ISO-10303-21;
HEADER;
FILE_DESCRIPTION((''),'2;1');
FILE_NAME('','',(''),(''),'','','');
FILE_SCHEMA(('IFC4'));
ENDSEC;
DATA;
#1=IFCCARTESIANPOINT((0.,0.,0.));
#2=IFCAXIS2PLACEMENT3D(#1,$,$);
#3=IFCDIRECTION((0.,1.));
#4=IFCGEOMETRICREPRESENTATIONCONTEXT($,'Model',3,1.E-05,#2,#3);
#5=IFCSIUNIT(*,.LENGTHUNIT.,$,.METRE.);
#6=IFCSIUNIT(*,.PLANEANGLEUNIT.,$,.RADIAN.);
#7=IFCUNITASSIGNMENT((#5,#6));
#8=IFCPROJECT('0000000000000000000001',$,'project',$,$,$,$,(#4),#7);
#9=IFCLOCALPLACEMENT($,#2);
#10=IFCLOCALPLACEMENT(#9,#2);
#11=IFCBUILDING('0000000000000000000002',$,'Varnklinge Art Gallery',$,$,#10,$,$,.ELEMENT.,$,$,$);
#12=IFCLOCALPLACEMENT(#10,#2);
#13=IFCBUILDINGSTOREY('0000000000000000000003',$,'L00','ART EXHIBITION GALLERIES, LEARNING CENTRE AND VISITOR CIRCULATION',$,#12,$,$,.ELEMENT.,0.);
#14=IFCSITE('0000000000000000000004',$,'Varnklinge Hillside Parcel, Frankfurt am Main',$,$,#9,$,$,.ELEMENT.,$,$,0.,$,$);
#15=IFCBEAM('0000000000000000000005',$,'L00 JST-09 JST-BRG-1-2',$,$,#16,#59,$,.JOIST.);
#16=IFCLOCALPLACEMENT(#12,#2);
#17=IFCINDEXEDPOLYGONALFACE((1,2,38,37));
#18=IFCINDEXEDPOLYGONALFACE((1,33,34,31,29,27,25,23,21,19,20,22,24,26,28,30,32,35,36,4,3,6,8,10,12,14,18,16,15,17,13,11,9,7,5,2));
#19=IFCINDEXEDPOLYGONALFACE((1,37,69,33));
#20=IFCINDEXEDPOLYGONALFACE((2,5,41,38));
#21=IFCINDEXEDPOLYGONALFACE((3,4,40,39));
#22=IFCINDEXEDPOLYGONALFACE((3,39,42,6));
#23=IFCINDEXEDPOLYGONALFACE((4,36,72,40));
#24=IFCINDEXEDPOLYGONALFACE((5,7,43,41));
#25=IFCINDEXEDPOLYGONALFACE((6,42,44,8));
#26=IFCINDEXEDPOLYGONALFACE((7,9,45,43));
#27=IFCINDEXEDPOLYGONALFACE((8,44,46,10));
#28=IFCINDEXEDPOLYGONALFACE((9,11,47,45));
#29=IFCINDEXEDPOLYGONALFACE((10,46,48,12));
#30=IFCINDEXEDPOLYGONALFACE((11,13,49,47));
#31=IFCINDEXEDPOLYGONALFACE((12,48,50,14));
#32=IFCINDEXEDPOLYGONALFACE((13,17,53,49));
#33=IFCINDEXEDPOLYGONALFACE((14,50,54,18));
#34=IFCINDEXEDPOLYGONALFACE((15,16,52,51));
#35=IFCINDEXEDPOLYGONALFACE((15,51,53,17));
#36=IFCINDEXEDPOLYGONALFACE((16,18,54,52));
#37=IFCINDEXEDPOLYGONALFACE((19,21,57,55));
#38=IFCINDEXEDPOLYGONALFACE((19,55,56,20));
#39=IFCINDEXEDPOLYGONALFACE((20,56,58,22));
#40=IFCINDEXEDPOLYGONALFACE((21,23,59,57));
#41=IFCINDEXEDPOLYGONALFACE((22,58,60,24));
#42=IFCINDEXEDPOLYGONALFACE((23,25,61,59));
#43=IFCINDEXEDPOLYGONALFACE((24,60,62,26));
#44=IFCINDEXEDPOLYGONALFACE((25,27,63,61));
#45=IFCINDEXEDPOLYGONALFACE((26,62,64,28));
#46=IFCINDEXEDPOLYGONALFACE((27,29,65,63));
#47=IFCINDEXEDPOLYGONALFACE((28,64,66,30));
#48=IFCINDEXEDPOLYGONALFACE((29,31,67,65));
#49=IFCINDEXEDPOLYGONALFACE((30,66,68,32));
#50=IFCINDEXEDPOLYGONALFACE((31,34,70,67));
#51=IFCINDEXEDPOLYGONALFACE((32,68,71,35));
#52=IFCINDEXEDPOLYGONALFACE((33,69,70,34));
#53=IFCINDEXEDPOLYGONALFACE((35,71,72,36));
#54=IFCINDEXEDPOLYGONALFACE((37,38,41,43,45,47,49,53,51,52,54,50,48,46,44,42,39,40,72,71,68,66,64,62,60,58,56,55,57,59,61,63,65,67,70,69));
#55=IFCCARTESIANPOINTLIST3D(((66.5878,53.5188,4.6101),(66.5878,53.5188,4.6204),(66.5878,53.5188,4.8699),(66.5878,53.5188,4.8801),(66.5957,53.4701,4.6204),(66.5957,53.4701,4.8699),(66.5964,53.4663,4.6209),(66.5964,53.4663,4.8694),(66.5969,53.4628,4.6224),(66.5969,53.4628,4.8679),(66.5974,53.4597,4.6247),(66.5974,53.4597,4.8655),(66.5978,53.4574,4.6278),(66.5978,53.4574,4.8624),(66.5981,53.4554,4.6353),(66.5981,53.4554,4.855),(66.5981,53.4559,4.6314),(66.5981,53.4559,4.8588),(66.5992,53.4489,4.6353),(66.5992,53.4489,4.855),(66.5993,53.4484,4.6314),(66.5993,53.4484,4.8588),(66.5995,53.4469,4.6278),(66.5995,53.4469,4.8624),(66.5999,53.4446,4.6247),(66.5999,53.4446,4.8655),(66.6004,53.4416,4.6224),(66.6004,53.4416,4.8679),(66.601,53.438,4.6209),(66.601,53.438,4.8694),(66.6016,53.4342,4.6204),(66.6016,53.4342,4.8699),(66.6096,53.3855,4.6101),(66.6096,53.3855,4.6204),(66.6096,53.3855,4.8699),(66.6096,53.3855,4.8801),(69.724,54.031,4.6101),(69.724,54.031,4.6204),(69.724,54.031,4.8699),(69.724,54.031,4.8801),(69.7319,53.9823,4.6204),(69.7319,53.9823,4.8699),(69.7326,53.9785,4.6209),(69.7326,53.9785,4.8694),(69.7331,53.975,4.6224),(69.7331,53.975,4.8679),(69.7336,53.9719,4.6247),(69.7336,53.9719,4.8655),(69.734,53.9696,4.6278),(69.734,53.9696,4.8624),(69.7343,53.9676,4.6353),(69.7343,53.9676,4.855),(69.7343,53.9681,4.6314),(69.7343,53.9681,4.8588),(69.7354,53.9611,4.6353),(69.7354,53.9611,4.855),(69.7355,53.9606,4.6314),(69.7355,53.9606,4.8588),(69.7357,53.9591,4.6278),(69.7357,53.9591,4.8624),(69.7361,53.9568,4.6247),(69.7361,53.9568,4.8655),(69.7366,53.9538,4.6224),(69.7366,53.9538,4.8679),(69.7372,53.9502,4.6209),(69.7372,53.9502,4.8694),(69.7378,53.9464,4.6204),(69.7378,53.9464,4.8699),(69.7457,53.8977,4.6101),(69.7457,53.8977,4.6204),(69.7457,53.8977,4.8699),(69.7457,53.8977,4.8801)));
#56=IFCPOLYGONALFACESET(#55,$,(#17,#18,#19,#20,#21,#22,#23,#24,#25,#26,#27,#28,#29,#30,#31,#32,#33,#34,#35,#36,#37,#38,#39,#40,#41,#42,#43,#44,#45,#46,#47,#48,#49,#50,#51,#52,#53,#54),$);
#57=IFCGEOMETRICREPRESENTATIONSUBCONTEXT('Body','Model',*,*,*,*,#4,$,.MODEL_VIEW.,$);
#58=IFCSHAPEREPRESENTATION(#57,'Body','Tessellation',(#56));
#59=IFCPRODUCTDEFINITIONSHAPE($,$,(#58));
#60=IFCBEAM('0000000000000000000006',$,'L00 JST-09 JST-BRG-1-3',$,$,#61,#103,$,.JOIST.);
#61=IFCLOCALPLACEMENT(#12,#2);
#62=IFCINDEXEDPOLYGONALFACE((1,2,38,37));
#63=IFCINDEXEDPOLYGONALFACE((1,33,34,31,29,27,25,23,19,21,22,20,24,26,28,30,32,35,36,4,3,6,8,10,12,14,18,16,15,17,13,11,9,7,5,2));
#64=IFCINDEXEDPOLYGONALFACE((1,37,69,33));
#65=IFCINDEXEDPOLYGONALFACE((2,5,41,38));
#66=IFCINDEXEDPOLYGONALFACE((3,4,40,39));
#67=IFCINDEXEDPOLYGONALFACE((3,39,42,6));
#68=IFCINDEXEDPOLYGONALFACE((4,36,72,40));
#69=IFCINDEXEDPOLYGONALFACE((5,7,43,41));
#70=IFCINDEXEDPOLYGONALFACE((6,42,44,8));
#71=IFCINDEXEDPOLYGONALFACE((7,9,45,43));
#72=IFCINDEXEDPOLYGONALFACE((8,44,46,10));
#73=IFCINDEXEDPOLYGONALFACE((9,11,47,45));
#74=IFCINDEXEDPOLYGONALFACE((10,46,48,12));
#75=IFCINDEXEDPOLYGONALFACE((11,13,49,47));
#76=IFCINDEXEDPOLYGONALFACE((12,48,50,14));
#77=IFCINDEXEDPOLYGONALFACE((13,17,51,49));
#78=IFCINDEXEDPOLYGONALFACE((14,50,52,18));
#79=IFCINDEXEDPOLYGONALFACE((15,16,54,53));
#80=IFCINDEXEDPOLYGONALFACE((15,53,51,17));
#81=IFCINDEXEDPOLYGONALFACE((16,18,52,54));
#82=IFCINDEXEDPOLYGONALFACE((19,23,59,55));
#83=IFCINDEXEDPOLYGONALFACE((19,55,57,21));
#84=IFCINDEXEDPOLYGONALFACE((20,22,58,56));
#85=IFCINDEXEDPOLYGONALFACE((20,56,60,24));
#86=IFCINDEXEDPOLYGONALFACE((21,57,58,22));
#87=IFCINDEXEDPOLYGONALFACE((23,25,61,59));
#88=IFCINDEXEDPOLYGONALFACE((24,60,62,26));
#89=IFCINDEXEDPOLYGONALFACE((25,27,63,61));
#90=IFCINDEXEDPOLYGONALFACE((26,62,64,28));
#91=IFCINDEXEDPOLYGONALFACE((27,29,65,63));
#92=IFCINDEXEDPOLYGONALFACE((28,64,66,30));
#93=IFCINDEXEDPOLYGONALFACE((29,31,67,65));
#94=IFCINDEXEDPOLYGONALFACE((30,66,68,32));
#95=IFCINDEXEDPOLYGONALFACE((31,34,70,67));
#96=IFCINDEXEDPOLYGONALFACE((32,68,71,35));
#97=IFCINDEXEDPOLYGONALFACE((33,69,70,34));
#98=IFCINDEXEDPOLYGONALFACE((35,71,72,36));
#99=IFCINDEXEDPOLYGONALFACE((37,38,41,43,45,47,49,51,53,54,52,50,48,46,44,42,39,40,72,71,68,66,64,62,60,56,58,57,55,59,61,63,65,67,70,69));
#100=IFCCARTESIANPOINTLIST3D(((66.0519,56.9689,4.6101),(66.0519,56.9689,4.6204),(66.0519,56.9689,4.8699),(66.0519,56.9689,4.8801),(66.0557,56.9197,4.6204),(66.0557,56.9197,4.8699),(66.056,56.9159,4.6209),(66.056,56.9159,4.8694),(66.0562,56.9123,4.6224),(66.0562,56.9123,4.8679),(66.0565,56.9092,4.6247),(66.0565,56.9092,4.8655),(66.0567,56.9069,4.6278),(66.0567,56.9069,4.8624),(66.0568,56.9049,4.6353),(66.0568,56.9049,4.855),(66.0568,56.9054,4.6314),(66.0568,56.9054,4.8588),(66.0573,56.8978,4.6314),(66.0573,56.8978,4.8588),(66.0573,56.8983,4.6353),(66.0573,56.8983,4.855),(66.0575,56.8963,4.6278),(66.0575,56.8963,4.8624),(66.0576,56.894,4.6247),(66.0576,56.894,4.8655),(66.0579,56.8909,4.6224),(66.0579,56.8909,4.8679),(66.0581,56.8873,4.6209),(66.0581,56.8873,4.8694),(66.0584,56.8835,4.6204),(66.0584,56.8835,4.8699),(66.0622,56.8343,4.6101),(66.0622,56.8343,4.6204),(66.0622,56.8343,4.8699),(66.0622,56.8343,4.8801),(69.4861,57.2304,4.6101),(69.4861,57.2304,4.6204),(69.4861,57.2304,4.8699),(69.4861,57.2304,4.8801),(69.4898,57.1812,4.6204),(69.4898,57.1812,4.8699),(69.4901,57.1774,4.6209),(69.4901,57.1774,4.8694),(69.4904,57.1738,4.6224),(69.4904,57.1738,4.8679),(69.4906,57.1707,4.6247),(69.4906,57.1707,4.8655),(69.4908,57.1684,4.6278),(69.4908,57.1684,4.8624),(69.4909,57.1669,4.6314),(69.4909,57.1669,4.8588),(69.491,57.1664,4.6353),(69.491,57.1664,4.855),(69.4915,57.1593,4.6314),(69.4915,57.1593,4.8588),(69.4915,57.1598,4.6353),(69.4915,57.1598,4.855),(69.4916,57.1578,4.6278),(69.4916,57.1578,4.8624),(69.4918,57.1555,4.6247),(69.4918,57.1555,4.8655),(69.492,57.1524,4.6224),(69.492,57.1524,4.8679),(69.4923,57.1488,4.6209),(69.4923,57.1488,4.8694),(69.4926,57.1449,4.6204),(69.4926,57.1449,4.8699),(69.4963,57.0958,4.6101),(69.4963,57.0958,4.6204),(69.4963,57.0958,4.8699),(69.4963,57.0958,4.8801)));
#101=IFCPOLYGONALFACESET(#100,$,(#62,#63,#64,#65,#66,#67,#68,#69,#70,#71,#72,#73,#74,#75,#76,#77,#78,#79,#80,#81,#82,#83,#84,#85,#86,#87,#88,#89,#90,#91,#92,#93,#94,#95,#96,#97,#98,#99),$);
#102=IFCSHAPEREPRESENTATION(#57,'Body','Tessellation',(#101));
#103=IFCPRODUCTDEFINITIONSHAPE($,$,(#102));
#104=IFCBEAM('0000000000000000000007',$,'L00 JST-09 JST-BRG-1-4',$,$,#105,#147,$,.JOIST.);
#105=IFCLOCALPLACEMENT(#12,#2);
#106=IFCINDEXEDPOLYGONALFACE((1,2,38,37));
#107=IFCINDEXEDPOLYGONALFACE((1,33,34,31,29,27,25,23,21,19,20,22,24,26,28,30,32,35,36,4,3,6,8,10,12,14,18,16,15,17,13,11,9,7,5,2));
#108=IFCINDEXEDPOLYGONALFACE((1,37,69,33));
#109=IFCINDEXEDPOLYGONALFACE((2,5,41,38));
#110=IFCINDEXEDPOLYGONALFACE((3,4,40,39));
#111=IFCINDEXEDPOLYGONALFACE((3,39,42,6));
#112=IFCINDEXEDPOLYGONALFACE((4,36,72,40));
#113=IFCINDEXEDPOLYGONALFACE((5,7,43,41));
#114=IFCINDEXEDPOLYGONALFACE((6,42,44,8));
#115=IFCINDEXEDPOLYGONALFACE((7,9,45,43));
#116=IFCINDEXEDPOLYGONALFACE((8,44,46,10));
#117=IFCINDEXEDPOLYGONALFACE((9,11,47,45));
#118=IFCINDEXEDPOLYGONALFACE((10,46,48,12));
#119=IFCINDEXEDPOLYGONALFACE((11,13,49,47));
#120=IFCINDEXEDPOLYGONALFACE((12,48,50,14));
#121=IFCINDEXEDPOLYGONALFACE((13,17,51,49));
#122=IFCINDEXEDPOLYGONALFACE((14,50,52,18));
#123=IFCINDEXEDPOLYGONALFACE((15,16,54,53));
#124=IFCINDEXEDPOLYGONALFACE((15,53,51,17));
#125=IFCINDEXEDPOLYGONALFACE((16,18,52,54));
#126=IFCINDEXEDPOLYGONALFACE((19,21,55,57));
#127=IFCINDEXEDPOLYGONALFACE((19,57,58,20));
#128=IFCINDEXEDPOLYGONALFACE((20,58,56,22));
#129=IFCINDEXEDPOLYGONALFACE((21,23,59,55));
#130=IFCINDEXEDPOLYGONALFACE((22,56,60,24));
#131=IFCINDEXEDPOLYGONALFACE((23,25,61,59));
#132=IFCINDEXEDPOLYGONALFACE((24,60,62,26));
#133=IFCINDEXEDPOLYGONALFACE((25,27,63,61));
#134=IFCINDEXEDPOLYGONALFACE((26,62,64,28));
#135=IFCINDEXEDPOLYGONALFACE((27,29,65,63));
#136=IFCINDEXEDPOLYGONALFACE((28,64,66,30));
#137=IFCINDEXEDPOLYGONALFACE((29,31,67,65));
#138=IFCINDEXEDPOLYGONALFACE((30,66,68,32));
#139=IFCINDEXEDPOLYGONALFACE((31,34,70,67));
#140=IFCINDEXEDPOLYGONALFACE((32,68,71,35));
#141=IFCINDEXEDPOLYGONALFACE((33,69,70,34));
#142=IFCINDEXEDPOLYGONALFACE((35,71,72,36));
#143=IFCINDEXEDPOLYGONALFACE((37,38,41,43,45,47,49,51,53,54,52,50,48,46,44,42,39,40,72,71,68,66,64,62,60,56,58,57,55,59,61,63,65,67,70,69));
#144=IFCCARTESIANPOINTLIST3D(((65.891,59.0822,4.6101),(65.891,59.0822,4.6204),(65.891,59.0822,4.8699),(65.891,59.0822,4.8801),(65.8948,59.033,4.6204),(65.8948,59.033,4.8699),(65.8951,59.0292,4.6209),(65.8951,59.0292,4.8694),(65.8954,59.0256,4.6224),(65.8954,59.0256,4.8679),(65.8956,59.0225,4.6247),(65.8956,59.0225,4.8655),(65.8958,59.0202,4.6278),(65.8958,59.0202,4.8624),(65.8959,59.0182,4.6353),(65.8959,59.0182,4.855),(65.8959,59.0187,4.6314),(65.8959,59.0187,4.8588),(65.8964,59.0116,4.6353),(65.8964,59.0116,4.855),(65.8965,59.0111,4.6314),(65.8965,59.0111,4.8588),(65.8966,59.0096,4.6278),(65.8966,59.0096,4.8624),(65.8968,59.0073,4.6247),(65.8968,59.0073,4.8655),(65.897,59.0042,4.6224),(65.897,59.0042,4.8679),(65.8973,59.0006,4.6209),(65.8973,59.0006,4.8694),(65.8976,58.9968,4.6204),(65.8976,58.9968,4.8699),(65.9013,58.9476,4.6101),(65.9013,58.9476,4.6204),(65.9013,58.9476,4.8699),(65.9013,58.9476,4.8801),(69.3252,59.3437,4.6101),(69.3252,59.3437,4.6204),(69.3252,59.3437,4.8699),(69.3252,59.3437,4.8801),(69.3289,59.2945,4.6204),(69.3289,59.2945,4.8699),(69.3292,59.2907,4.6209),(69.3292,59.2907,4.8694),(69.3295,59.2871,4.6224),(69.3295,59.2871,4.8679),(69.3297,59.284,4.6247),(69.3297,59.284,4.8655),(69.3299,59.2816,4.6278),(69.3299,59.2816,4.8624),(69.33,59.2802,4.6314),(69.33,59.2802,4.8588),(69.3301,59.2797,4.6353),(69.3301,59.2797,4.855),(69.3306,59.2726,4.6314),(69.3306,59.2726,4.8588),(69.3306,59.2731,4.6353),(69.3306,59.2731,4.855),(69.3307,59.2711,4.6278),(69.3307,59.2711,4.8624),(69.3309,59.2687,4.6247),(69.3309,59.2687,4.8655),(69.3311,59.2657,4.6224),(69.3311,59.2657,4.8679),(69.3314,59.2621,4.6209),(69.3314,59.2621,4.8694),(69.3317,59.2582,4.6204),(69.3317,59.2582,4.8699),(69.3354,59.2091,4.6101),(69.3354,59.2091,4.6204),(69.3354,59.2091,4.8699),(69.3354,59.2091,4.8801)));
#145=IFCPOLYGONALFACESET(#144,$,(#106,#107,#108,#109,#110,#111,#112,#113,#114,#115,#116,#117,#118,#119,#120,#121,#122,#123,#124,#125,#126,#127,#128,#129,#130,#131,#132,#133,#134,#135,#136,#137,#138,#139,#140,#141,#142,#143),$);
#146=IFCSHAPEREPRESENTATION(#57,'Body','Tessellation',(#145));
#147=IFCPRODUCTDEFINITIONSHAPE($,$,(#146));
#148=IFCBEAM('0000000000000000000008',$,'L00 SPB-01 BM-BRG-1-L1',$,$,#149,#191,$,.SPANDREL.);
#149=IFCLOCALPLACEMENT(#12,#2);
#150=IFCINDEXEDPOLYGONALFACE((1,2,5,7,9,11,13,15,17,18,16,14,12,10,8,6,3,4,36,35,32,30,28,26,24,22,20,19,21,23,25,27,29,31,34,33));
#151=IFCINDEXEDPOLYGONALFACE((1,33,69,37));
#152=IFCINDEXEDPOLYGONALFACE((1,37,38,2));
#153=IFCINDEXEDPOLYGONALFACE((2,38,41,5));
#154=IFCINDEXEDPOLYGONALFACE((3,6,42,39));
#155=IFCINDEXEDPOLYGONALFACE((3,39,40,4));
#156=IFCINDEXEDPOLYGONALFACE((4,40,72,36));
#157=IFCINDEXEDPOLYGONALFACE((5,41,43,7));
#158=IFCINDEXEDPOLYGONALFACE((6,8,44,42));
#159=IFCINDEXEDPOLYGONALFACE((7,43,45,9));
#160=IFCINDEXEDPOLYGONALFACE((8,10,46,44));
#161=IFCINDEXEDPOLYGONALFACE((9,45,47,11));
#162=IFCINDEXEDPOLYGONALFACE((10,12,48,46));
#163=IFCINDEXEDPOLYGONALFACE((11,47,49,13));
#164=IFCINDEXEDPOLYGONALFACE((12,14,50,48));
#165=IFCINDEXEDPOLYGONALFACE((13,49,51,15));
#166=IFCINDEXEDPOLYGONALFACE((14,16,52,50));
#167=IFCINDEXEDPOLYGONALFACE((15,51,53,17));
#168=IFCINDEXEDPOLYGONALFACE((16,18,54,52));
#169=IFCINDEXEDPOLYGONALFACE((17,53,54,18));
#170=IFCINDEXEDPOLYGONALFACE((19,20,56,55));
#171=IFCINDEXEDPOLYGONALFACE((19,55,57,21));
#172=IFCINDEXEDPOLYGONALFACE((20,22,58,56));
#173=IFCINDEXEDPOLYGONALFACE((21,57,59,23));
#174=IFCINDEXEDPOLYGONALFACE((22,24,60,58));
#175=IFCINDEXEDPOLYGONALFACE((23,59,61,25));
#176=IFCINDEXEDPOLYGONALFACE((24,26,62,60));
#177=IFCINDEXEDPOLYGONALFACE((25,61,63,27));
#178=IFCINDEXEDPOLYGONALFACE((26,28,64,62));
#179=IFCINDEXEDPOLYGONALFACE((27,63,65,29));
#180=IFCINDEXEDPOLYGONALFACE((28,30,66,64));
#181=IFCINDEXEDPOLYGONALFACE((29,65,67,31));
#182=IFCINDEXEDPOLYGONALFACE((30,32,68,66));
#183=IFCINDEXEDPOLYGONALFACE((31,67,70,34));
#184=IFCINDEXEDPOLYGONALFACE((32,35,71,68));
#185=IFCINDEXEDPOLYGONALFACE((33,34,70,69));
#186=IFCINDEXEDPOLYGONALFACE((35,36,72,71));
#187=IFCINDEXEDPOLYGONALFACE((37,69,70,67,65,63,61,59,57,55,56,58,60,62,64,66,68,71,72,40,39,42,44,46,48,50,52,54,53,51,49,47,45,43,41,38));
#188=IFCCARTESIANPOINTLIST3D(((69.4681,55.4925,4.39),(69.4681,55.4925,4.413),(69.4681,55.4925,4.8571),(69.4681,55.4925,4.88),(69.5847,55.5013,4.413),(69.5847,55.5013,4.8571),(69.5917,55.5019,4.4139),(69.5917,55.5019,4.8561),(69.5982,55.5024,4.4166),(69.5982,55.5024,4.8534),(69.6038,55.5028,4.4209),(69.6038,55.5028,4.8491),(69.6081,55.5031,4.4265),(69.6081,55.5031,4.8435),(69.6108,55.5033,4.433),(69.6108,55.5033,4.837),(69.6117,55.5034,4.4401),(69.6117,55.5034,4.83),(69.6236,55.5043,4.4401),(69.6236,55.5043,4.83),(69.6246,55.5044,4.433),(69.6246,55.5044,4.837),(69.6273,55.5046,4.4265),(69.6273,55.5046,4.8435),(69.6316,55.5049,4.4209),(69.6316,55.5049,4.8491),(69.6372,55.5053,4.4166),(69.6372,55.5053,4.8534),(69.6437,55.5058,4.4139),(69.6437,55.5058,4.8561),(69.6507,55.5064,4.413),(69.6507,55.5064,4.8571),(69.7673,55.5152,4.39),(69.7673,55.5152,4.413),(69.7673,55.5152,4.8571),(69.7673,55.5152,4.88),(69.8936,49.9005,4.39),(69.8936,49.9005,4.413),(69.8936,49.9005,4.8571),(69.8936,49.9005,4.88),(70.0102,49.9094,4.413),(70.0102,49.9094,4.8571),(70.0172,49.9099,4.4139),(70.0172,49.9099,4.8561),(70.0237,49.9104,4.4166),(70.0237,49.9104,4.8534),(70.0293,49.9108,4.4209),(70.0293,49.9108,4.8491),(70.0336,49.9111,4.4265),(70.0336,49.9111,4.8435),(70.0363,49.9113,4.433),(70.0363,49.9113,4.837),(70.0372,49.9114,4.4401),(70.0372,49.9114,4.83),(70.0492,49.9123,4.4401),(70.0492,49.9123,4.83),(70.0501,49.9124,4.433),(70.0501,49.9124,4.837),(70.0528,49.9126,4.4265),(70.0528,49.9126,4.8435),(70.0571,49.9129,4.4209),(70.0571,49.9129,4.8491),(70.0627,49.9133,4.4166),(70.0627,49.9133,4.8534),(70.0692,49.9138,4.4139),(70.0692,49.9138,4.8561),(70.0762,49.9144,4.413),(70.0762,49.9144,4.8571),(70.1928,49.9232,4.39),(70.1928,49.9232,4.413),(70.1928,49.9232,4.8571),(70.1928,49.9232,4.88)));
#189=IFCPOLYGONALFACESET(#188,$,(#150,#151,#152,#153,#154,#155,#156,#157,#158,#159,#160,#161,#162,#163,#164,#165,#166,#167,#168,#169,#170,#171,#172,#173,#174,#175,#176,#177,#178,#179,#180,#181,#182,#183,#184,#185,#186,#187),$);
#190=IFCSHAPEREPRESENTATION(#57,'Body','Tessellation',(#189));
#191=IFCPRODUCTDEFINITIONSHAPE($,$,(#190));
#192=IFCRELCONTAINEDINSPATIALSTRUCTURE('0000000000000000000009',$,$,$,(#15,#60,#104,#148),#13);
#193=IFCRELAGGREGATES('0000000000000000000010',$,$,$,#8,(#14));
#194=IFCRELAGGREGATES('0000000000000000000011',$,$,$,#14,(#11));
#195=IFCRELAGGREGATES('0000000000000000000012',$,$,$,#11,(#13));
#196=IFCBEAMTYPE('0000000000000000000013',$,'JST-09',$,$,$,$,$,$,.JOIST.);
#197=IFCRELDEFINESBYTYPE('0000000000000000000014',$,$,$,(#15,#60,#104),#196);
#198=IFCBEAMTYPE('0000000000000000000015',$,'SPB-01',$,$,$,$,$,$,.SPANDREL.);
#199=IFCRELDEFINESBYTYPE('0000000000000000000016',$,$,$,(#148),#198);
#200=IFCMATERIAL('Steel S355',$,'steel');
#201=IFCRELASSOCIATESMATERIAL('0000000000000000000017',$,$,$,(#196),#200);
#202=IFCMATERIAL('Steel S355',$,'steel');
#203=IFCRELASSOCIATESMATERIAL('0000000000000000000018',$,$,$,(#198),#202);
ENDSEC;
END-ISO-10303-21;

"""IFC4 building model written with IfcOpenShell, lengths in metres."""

from ifc_helpers import new_model, si_unit, direction, frame, origin, origin_2d, place, context, subcontext, project, spatial, i_section, extrude, material, material_profile, profile_set, type_object, element, save


model = new_model("IFC4")

# Units and contexts
model_context = context("Model", 3, precision=1e-05, world=origin(), true_north=direction((0.0, 1.0)))
body_context = subcontext(model_context, "Body", "Model", "MODEL_VIEW")
ifc_project = project(units=[si_unit("LENGTHUNIT", "METRE"), si_unit("PLANEANGLEUNIT", "RADIAN")], contexts=[model_context])

# Site, building, storey
site_placement = place(None, origin())
site = spatial("IfcSite", under=ifc_project, at=site_placement, Name="Varnklinge Hillside Parcel, Frankfurt am Main", CompositionType="ELEMENT", RefElevation=0.0)
building_placement = place(site_placement, origin())
building = spatial("IfcBuilding", under=site, at=building_placement, Name="Varnklinge Art Gallery", CompositionType="ELEMENT")
storey_placement = place(building_placement, origin())
storey = spatial("IfcBuildingStorey", under=building, at=storey_placement, Name="L00", Description="ART EXHIBITION GALLERIES, LEARNING CENTRE AND VISITOR CIRCULATION", CompositionType="ELEMENT", Elevation=0.0)

# Beams
ifc_material_1 = material(Name="Steel S355", Category="steel")
ifc_material_profile_1 = material_profile(ifc_material_1, i_section(OverallWidth=0.135, OverallDepth=0.27, WebThickness=0.0066, FlangeThickness=0.0103, FilletRadius=0.0149, at=origin_2d()), Name="IPE 270")
ifc_profile_set_1 = profile_set([ifc_material_profile_1], Name="Steel S355")
beam_type_1 = type_object("IfcBeamType", Name="JST-09", PredefinedType="JOIST", material=ifc_profile_set_1)
beam_1_placement = place(storey_placement, frame((69.7349, 53.9644, 4.7451), z_axis=(-0.986924, -0.161184, 0.0), x_axis=(0.161184, -0.986924, 0.0)))
element("IfcBeam", 1, at=beam_1_placement, inside=storey, type_object=beam_type_1, Name="L00 JST-09 JST-BRG-1-2", PredefinedType="JOIST", context=body_context, shape_type="SweptSolid", body=[
    extrude(i_section(OverallWidth=0.135, OverallDepth=0.27, WebThickness=0.0066, FlangeThickness=0.0103, FilletRadius=0.0149, at=origin_2d()), origin(), (0.0, 0.0, 1.0), 3.1777),
])
for number, where, z_axis, x_axis, name in (
    (2, (69.4912, 57.1631, 4.7451), (-0.997114, -0.075921, 0.0), (0.075921, -0.997114, 0.0), "L00 JST-09 JST-BRG-1-3"),
    (3, (69.3303, 59.2764, 4.7451), (-0.997114, -0.075921, 0.0), (0.075921, -0.997114, 0.0), "L00 JST-09 JST-BRG-1-4"),
):
    element("IfcBeam", number, at=place(storey_placement, frame(where, z_axis=z_axis, x_axis=x_axis)), inside=storey, type_object=beam_type_1, Name=name, PredefinedType="JOIST", context=body_context, shape_type="SweptSolid", body=[
        extrude(i_section(OverallWidth=0.135, OverallDepth=0.27, WebThickness=0.0066, FlangeThickness=0.0103, FilletRadius=0.0149, at=origin_2d()), origin(), (0.0, 0.0, 1.0), 3.4441),
    ])
ifc_material_2 = material(Name="Steel S355", Category="steel")
ifc_material_profile_2 = material_profile(ifc_material_2, i_section(OverallWidth=0.3, OverallDepth=0.49, WebThickness=0.012, FlangeThickness=0.0229, FilletRadius=0.0271, at=origin_2d()), Name="HEA 500")
ifc_profile_set_2 = profile_set([ifc_material_profile_2], Name="Steel S355")
beam_type_2 = type_object("IfcBeamType", Name="SPB-01", PredefinedType="SPANDREL", material=ifc_profile_set_2)
beam_2_placement = place(storey_placement, frame((70.0432, 49.9119, 4.635), z_axis=(-0.075878, 0.997117, 0.0), x_axis=(-0.997117, -0.075878, 0.0)))
element("IfcBeam", 4, at=beam_2_placement, inside=storey, type_object=beam_type_2, Name="L00 SPB-01 BM-BRG-1-L1", PredefinedType="SPANDREL", context=body_context, shape_type="SweptSolid", body=[
    extrude(i_section(OverallWidth=0.3, OverallDepth=0.49, WebThickness=0.012, FlangeThickness=0.0229, FilletRadius=0.0271, at=origin_2d()), origin(), (0.0, 0.0, 1.0), 5.6082),
])

save(model, "model.ifc")
